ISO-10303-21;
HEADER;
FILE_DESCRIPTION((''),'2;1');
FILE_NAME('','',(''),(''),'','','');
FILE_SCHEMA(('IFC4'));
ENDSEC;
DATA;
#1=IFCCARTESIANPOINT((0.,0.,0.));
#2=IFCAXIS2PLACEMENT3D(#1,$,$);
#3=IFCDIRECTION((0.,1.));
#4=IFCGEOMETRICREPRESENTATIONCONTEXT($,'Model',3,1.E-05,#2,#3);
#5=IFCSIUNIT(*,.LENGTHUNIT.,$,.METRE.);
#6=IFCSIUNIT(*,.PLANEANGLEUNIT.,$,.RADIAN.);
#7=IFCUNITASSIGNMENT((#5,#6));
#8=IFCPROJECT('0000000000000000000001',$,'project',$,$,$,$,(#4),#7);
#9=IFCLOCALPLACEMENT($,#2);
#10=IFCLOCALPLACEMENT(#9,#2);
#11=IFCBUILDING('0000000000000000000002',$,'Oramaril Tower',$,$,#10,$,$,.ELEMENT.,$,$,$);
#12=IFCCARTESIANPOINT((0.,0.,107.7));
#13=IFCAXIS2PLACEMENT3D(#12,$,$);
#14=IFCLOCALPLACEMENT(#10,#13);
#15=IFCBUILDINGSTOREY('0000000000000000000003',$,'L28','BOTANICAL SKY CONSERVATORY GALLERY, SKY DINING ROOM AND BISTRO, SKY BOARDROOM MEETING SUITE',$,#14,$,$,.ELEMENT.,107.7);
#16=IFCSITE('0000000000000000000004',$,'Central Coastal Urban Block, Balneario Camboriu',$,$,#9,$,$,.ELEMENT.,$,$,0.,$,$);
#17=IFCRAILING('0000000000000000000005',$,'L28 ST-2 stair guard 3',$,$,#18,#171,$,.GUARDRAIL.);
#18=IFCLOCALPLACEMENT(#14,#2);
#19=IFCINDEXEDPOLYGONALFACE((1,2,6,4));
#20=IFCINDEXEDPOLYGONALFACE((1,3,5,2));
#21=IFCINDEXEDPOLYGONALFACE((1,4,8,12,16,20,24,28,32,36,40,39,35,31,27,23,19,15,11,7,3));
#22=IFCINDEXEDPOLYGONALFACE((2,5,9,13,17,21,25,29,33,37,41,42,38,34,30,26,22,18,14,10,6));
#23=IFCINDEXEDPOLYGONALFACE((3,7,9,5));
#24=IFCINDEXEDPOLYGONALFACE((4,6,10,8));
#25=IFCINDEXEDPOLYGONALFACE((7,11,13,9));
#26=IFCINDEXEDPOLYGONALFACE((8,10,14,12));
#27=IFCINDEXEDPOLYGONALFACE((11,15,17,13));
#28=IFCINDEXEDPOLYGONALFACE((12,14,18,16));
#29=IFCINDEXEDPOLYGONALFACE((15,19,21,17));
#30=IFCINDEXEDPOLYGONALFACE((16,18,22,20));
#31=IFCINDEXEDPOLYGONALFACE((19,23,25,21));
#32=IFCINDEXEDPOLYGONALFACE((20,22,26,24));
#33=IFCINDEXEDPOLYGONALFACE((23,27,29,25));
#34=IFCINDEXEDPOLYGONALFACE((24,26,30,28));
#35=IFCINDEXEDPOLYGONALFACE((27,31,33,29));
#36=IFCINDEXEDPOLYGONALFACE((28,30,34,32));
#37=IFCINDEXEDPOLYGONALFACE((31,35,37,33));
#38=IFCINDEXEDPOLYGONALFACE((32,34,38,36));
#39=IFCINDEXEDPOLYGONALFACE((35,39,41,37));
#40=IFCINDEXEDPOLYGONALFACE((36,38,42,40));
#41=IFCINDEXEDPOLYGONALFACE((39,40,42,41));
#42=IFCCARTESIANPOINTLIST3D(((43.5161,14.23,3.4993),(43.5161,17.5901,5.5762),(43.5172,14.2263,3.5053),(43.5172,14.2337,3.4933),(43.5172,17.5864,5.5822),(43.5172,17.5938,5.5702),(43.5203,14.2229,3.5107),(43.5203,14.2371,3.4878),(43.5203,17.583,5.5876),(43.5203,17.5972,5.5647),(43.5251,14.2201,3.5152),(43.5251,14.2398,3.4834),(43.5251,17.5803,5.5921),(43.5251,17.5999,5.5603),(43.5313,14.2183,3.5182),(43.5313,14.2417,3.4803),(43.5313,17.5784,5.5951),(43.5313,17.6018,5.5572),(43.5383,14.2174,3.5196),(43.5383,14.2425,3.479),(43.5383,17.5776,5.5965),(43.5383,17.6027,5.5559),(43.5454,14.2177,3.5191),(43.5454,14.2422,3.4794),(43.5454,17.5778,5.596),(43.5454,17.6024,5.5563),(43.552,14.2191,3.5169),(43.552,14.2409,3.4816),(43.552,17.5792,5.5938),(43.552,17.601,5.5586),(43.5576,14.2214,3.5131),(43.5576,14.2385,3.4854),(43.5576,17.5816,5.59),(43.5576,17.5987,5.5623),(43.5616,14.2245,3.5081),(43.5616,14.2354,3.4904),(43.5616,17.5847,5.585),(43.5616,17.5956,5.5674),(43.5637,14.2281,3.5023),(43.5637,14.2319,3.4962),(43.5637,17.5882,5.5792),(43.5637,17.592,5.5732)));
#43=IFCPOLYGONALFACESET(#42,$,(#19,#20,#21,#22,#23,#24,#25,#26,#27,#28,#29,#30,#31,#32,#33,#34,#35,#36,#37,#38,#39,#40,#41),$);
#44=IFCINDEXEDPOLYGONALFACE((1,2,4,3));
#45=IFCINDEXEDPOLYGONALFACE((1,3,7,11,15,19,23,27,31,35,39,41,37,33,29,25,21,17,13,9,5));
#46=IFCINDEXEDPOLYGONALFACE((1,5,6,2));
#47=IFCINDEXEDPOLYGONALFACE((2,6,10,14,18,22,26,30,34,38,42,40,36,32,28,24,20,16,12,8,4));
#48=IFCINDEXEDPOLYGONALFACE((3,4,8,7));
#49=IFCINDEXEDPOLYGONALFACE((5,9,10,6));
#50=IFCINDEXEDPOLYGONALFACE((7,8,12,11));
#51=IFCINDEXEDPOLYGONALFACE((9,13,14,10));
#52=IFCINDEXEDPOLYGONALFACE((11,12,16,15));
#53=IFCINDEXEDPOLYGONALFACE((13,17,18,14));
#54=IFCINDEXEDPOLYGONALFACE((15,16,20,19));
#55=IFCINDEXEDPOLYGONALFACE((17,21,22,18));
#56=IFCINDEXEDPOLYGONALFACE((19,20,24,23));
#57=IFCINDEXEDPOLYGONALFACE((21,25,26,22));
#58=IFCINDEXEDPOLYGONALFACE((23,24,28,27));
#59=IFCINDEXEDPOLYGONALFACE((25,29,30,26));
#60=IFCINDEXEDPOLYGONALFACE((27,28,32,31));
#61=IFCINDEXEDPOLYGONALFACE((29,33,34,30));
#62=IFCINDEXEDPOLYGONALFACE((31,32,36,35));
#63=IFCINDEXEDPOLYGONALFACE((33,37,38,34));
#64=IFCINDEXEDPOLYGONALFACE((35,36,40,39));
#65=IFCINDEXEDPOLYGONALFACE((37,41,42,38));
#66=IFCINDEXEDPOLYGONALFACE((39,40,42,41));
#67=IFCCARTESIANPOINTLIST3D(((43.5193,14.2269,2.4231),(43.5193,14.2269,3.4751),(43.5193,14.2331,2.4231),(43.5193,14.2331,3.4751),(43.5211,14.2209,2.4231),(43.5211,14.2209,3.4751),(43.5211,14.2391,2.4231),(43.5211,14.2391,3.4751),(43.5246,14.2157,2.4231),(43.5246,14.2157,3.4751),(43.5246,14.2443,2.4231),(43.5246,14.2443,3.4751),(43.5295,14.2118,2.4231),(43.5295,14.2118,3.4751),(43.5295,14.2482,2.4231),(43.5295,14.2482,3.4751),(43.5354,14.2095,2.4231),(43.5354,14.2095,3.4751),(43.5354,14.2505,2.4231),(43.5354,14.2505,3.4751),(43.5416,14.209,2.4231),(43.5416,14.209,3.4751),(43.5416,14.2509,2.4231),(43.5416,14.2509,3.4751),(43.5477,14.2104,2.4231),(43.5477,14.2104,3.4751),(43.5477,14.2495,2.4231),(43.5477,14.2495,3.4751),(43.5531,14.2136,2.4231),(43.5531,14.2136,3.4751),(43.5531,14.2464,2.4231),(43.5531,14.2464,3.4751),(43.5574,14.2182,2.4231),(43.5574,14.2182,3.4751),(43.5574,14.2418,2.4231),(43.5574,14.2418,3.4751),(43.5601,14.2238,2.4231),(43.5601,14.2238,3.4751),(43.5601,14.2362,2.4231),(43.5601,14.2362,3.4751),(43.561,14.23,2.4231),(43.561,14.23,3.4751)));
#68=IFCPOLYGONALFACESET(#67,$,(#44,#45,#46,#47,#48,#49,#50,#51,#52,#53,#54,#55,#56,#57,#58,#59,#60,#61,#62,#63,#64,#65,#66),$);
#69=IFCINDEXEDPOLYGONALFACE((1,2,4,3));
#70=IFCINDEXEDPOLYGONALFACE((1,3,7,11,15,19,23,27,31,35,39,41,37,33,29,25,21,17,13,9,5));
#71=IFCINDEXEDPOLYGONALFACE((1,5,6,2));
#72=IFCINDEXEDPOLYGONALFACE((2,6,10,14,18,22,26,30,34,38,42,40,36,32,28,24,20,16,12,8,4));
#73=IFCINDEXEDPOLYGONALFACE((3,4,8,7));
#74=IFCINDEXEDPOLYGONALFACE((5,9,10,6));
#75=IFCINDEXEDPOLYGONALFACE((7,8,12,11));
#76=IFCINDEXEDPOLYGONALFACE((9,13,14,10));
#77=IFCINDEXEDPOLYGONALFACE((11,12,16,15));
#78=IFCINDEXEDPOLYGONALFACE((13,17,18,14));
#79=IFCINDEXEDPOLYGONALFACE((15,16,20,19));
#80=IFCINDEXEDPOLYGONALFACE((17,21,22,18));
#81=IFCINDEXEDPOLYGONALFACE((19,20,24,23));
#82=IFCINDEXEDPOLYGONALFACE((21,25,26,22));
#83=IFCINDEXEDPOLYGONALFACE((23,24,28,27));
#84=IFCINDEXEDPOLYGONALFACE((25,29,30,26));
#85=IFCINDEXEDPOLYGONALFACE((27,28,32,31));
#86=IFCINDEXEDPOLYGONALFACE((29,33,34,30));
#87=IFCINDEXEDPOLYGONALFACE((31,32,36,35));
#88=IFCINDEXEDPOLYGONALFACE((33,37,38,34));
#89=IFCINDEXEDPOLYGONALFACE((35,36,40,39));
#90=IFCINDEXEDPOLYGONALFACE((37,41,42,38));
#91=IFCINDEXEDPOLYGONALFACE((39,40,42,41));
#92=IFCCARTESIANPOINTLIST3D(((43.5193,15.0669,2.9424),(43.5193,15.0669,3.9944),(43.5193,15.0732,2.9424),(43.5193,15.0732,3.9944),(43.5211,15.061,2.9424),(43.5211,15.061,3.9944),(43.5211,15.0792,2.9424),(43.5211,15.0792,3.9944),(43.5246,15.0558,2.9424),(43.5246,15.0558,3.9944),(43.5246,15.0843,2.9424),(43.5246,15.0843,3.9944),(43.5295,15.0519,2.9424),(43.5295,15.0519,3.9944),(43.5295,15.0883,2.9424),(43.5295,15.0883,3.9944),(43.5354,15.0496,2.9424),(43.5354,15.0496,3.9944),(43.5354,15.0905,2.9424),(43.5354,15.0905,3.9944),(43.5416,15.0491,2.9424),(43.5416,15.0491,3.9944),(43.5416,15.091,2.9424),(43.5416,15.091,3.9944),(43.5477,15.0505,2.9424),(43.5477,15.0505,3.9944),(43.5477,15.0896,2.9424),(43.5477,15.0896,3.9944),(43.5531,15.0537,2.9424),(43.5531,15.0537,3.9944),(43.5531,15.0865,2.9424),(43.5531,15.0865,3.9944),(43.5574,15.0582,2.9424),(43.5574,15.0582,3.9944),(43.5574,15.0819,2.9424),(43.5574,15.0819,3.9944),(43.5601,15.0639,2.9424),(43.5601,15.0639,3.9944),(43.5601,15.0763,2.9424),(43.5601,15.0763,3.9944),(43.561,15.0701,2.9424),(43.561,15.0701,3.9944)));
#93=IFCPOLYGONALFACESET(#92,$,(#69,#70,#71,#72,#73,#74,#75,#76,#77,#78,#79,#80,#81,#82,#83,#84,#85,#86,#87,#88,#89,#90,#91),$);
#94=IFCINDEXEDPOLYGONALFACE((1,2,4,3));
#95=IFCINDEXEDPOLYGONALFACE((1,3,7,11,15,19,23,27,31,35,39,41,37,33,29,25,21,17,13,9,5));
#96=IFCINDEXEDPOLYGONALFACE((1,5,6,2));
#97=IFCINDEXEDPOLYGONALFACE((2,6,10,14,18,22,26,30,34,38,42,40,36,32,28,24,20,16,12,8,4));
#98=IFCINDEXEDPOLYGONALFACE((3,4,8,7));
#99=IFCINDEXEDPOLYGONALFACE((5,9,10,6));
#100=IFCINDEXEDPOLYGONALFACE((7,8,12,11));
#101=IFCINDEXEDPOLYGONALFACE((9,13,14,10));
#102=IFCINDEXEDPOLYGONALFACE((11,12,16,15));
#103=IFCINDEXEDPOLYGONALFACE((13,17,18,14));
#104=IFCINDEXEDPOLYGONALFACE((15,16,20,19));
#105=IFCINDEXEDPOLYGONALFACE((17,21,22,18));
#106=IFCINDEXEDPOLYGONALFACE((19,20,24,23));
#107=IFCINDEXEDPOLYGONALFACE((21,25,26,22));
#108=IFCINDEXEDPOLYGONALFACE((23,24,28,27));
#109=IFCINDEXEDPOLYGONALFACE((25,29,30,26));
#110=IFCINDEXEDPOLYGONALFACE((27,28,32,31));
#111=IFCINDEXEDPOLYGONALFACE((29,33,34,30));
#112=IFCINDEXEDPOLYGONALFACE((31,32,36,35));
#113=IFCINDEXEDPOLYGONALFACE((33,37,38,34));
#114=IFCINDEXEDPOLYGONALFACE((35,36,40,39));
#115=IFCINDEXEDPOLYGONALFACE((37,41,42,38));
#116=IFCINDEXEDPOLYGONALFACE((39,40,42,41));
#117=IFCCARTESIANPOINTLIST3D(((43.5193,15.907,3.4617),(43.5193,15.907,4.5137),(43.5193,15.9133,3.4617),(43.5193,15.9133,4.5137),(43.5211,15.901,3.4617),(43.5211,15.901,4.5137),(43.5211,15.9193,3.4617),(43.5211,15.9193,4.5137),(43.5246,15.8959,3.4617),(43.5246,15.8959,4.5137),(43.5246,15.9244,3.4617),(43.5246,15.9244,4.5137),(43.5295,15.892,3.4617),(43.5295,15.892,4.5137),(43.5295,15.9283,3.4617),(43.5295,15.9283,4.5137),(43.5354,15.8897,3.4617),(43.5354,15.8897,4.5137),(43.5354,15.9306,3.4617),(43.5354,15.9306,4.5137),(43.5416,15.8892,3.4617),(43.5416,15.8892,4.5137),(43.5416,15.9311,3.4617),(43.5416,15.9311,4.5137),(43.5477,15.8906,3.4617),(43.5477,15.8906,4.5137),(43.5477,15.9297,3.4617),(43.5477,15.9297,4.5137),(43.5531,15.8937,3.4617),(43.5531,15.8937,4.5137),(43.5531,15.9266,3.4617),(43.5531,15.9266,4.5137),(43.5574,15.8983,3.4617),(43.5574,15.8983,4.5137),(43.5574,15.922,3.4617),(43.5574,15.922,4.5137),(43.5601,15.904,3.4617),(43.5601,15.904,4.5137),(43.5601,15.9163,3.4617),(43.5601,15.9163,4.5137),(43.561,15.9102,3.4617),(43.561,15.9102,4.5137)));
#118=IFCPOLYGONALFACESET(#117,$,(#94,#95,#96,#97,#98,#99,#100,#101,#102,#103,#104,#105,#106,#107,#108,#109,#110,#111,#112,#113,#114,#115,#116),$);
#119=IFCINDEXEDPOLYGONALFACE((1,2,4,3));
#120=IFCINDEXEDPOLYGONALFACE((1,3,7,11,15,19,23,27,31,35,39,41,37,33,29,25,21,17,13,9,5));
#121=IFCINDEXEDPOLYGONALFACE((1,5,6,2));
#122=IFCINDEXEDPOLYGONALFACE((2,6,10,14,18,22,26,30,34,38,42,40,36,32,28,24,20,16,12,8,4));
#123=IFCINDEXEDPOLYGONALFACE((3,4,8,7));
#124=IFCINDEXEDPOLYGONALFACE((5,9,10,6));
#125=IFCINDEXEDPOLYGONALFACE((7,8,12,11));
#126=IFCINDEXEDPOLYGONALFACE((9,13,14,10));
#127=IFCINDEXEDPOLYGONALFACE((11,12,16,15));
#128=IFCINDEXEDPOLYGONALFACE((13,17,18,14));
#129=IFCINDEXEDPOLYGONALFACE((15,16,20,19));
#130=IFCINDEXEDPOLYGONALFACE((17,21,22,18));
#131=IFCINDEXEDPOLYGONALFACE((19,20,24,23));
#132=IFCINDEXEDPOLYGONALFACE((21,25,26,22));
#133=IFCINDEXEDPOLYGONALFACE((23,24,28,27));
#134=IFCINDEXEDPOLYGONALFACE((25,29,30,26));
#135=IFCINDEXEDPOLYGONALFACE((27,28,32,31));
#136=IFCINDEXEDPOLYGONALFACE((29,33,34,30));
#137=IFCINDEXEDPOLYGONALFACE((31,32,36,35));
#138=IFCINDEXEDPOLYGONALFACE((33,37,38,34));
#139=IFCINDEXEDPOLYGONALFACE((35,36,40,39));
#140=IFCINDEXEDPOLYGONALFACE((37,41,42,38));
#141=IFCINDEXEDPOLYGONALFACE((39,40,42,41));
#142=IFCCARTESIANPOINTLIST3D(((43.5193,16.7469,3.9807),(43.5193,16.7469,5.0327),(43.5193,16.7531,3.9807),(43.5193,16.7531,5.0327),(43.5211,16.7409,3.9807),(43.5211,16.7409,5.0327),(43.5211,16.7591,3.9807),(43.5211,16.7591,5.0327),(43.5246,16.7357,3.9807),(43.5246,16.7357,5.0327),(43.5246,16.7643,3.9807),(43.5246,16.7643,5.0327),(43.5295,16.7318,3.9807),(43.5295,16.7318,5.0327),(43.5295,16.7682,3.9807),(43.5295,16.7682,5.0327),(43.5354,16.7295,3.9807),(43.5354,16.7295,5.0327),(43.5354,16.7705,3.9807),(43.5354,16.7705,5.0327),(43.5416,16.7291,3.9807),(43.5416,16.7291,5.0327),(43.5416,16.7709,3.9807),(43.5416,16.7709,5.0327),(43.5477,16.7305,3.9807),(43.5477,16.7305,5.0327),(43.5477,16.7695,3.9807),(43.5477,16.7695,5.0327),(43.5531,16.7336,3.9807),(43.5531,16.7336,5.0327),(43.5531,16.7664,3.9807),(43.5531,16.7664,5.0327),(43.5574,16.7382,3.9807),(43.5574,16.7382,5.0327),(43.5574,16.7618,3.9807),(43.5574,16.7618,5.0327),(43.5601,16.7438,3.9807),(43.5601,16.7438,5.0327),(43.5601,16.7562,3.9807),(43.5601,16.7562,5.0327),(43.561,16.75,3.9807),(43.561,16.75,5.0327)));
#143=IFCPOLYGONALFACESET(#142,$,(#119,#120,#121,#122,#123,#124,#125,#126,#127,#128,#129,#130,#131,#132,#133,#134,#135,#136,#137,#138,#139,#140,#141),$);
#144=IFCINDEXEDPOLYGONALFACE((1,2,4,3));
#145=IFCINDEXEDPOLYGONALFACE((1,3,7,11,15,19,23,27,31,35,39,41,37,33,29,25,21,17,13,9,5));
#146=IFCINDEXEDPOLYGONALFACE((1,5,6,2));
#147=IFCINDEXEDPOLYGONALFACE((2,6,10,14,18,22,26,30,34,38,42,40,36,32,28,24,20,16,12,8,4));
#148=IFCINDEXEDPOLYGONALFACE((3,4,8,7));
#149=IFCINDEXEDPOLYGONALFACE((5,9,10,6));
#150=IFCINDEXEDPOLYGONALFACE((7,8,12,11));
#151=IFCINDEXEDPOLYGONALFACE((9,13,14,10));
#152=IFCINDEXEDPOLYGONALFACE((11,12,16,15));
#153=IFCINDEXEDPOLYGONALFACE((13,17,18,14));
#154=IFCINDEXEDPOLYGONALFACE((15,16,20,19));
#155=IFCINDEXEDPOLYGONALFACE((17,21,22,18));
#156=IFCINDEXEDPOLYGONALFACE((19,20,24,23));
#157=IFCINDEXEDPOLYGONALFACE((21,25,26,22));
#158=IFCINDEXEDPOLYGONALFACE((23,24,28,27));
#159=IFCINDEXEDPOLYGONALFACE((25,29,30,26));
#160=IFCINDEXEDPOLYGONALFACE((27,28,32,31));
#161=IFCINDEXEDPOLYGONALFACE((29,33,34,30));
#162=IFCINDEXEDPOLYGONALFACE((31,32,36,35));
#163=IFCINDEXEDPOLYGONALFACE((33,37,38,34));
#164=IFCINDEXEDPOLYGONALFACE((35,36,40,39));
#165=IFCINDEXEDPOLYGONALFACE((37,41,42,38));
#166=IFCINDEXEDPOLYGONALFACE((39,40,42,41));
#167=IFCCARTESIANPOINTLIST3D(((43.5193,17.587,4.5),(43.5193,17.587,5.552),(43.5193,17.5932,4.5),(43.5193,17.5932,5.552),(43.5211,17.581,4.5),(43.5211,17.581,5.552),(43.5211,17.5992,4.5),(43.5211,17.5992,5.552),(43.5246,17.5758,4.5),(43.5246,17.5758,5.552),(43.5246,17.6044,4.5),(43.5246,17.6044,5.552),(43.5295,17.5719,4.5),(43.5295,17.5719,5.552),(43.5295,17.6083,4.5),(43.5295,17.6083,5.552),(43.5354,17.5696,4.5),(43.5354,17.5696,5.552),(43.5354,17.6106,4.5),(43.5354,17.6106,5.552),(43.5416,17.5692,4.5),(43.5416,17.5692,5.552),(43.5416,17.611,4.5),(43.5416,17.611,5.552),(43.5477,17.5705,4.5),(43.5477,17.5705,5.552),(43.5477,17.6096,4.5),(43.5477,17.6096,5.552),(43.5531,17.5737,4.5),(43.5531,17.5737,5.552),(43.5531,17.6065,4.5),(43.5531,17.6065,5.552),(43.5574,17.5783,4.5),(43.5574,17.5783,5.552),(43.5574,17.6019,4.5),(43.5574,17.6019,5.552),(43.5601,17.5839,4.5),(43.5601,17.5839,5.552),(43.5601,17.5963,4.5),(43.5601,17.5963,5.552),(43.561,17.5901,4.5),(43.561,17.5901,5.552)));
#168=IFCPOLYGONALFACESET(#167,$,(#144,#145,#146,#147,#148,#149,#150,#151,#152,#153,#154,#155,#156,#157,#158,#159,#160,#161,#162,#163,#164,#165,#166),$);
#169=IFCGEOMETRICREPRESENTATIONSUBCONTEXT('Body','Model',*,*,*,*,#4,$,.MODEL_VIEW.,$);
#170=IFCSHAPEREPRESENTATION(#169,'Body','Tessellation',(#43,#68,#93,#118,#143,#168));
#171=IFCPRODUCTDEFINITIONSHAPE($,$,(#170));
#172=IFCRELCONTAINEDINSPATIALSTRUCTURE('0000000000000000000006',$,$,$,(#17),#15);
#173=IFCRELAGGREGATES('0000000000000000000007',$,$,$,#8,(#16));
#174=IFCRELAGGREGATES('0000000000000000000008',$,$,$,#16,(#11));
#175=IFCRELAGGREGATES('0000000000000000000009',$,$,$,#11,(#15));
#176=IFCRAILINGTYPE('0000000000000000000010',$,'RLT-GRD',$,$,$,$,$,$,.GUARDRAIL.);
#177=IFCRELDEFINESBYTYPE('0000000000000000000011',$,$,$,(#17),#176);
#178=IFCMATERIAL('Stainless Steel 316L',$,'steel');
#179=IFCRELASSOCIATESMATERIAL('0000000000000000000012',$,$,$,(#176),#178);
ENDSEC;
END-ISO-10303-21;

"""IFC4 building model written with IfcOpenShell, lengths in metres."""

from ifc_helpers import new_model, si_unit, direction, frame, origin, origin_2d, place, context, subcontext, project, spatial, circle, extrude, material, type_object, element, save


model = new_model("IFC4")

# Units and contexts
model_context = context("Model", 3, precision=1e-05, world=origin(), true_north=direction((0.0, 1.0)))
body_context = subcontext(model_context, "Body", "Model", "MODEL_VIEW")
ifc_project = project(units=[si_unit("LENGTHUNIT", "METRE"), si_unit("PLANEANGLEUNIT", "RADIAN")], contexts=[model_context])

# Site, building, storey
site_placement = place(None, origin())
site = spatial("IfcSite", under=ifc_project, at=site_placement, Name="Central Coastal Urban Block, Balneario Camboriu", CompositionType="ELEMENT", RefElevation=0.0)
building_placement = place(site_placement, origin())
building = spatial("IfcBuilding", under=site, at=building_placement, Name="Oramaril Tower", CompositionType="ELEMENT")
storey_placement = place(building_placement, frame((0.0, 0.0, 107.7)))
storey = spatial("IfcBuildingStorey", under=building, at=storey_placement, Name="L28", Description="BOTANICAL SKY CONSERVATORY GALLERY, SKY DINING ROOM AND BISTRO, SKY BOARDROOM MEETING SUITE", CompositionType="ELEMENT", Elevation=107.7)

# Railing
ifc_material_1 = material(Name="Stainless Steel 316L", Category="steel")
railing_type_1 = type_object("IfcRailingType", Name="RLT-GRD", PredefinedType="GUARDRAIL", material=ifc_material_1)
railing_1_placement = place(storey_placement, frame((43.54, 14.23, 2.4231)))
element("IfcRailing", 1, at=railing_1_placement, inside=storey, type_object=railing_type_1, Name="L28 ST-2 stair guard 3", PredefinedType="GUARDRAIL", context=body_context, shape_type="SweptSolid", body=[
    extrude(circle(Radius=0.0239, at=origin_2d()), frame((0.0, 0.0, 1.0762), z_axis=(0.0, 0.850623, 0.525776), x_axis=(-1.0, 0.0, 0.0)), (0.0, 0.0, 1.0), 3.9502),
    extrude(circle(Radius=0.021, at=origin_2d()), origin(), (0.0, 0.0, 1.0), 1.052),
    extrude(circle(Radius=0.021, at=origin_2d()), frame((0.0, 0.8401, 0.5193)), (0.0, 0.0, 1.0), 1.052),
    extrude(circle(Radius=0.021, at=origin_2d()), frame((0.0, 1.6802, 1.0386)), (0.0, 0.0, 1.0), 1.052),
    extrude(circle(Radius=0.021, at=origin_2d()), frame((0.0, 2.52, 1.5576)), (0.0, 0.0, 1.0), 1.052),
    extrude(circle(Radius=0.021, at=origin_2d()), frame((0.0, 3.3601, 2.0769)), (0.0, 0.0, 1.0), 1.052),
])

save(model, "model.ifc")
